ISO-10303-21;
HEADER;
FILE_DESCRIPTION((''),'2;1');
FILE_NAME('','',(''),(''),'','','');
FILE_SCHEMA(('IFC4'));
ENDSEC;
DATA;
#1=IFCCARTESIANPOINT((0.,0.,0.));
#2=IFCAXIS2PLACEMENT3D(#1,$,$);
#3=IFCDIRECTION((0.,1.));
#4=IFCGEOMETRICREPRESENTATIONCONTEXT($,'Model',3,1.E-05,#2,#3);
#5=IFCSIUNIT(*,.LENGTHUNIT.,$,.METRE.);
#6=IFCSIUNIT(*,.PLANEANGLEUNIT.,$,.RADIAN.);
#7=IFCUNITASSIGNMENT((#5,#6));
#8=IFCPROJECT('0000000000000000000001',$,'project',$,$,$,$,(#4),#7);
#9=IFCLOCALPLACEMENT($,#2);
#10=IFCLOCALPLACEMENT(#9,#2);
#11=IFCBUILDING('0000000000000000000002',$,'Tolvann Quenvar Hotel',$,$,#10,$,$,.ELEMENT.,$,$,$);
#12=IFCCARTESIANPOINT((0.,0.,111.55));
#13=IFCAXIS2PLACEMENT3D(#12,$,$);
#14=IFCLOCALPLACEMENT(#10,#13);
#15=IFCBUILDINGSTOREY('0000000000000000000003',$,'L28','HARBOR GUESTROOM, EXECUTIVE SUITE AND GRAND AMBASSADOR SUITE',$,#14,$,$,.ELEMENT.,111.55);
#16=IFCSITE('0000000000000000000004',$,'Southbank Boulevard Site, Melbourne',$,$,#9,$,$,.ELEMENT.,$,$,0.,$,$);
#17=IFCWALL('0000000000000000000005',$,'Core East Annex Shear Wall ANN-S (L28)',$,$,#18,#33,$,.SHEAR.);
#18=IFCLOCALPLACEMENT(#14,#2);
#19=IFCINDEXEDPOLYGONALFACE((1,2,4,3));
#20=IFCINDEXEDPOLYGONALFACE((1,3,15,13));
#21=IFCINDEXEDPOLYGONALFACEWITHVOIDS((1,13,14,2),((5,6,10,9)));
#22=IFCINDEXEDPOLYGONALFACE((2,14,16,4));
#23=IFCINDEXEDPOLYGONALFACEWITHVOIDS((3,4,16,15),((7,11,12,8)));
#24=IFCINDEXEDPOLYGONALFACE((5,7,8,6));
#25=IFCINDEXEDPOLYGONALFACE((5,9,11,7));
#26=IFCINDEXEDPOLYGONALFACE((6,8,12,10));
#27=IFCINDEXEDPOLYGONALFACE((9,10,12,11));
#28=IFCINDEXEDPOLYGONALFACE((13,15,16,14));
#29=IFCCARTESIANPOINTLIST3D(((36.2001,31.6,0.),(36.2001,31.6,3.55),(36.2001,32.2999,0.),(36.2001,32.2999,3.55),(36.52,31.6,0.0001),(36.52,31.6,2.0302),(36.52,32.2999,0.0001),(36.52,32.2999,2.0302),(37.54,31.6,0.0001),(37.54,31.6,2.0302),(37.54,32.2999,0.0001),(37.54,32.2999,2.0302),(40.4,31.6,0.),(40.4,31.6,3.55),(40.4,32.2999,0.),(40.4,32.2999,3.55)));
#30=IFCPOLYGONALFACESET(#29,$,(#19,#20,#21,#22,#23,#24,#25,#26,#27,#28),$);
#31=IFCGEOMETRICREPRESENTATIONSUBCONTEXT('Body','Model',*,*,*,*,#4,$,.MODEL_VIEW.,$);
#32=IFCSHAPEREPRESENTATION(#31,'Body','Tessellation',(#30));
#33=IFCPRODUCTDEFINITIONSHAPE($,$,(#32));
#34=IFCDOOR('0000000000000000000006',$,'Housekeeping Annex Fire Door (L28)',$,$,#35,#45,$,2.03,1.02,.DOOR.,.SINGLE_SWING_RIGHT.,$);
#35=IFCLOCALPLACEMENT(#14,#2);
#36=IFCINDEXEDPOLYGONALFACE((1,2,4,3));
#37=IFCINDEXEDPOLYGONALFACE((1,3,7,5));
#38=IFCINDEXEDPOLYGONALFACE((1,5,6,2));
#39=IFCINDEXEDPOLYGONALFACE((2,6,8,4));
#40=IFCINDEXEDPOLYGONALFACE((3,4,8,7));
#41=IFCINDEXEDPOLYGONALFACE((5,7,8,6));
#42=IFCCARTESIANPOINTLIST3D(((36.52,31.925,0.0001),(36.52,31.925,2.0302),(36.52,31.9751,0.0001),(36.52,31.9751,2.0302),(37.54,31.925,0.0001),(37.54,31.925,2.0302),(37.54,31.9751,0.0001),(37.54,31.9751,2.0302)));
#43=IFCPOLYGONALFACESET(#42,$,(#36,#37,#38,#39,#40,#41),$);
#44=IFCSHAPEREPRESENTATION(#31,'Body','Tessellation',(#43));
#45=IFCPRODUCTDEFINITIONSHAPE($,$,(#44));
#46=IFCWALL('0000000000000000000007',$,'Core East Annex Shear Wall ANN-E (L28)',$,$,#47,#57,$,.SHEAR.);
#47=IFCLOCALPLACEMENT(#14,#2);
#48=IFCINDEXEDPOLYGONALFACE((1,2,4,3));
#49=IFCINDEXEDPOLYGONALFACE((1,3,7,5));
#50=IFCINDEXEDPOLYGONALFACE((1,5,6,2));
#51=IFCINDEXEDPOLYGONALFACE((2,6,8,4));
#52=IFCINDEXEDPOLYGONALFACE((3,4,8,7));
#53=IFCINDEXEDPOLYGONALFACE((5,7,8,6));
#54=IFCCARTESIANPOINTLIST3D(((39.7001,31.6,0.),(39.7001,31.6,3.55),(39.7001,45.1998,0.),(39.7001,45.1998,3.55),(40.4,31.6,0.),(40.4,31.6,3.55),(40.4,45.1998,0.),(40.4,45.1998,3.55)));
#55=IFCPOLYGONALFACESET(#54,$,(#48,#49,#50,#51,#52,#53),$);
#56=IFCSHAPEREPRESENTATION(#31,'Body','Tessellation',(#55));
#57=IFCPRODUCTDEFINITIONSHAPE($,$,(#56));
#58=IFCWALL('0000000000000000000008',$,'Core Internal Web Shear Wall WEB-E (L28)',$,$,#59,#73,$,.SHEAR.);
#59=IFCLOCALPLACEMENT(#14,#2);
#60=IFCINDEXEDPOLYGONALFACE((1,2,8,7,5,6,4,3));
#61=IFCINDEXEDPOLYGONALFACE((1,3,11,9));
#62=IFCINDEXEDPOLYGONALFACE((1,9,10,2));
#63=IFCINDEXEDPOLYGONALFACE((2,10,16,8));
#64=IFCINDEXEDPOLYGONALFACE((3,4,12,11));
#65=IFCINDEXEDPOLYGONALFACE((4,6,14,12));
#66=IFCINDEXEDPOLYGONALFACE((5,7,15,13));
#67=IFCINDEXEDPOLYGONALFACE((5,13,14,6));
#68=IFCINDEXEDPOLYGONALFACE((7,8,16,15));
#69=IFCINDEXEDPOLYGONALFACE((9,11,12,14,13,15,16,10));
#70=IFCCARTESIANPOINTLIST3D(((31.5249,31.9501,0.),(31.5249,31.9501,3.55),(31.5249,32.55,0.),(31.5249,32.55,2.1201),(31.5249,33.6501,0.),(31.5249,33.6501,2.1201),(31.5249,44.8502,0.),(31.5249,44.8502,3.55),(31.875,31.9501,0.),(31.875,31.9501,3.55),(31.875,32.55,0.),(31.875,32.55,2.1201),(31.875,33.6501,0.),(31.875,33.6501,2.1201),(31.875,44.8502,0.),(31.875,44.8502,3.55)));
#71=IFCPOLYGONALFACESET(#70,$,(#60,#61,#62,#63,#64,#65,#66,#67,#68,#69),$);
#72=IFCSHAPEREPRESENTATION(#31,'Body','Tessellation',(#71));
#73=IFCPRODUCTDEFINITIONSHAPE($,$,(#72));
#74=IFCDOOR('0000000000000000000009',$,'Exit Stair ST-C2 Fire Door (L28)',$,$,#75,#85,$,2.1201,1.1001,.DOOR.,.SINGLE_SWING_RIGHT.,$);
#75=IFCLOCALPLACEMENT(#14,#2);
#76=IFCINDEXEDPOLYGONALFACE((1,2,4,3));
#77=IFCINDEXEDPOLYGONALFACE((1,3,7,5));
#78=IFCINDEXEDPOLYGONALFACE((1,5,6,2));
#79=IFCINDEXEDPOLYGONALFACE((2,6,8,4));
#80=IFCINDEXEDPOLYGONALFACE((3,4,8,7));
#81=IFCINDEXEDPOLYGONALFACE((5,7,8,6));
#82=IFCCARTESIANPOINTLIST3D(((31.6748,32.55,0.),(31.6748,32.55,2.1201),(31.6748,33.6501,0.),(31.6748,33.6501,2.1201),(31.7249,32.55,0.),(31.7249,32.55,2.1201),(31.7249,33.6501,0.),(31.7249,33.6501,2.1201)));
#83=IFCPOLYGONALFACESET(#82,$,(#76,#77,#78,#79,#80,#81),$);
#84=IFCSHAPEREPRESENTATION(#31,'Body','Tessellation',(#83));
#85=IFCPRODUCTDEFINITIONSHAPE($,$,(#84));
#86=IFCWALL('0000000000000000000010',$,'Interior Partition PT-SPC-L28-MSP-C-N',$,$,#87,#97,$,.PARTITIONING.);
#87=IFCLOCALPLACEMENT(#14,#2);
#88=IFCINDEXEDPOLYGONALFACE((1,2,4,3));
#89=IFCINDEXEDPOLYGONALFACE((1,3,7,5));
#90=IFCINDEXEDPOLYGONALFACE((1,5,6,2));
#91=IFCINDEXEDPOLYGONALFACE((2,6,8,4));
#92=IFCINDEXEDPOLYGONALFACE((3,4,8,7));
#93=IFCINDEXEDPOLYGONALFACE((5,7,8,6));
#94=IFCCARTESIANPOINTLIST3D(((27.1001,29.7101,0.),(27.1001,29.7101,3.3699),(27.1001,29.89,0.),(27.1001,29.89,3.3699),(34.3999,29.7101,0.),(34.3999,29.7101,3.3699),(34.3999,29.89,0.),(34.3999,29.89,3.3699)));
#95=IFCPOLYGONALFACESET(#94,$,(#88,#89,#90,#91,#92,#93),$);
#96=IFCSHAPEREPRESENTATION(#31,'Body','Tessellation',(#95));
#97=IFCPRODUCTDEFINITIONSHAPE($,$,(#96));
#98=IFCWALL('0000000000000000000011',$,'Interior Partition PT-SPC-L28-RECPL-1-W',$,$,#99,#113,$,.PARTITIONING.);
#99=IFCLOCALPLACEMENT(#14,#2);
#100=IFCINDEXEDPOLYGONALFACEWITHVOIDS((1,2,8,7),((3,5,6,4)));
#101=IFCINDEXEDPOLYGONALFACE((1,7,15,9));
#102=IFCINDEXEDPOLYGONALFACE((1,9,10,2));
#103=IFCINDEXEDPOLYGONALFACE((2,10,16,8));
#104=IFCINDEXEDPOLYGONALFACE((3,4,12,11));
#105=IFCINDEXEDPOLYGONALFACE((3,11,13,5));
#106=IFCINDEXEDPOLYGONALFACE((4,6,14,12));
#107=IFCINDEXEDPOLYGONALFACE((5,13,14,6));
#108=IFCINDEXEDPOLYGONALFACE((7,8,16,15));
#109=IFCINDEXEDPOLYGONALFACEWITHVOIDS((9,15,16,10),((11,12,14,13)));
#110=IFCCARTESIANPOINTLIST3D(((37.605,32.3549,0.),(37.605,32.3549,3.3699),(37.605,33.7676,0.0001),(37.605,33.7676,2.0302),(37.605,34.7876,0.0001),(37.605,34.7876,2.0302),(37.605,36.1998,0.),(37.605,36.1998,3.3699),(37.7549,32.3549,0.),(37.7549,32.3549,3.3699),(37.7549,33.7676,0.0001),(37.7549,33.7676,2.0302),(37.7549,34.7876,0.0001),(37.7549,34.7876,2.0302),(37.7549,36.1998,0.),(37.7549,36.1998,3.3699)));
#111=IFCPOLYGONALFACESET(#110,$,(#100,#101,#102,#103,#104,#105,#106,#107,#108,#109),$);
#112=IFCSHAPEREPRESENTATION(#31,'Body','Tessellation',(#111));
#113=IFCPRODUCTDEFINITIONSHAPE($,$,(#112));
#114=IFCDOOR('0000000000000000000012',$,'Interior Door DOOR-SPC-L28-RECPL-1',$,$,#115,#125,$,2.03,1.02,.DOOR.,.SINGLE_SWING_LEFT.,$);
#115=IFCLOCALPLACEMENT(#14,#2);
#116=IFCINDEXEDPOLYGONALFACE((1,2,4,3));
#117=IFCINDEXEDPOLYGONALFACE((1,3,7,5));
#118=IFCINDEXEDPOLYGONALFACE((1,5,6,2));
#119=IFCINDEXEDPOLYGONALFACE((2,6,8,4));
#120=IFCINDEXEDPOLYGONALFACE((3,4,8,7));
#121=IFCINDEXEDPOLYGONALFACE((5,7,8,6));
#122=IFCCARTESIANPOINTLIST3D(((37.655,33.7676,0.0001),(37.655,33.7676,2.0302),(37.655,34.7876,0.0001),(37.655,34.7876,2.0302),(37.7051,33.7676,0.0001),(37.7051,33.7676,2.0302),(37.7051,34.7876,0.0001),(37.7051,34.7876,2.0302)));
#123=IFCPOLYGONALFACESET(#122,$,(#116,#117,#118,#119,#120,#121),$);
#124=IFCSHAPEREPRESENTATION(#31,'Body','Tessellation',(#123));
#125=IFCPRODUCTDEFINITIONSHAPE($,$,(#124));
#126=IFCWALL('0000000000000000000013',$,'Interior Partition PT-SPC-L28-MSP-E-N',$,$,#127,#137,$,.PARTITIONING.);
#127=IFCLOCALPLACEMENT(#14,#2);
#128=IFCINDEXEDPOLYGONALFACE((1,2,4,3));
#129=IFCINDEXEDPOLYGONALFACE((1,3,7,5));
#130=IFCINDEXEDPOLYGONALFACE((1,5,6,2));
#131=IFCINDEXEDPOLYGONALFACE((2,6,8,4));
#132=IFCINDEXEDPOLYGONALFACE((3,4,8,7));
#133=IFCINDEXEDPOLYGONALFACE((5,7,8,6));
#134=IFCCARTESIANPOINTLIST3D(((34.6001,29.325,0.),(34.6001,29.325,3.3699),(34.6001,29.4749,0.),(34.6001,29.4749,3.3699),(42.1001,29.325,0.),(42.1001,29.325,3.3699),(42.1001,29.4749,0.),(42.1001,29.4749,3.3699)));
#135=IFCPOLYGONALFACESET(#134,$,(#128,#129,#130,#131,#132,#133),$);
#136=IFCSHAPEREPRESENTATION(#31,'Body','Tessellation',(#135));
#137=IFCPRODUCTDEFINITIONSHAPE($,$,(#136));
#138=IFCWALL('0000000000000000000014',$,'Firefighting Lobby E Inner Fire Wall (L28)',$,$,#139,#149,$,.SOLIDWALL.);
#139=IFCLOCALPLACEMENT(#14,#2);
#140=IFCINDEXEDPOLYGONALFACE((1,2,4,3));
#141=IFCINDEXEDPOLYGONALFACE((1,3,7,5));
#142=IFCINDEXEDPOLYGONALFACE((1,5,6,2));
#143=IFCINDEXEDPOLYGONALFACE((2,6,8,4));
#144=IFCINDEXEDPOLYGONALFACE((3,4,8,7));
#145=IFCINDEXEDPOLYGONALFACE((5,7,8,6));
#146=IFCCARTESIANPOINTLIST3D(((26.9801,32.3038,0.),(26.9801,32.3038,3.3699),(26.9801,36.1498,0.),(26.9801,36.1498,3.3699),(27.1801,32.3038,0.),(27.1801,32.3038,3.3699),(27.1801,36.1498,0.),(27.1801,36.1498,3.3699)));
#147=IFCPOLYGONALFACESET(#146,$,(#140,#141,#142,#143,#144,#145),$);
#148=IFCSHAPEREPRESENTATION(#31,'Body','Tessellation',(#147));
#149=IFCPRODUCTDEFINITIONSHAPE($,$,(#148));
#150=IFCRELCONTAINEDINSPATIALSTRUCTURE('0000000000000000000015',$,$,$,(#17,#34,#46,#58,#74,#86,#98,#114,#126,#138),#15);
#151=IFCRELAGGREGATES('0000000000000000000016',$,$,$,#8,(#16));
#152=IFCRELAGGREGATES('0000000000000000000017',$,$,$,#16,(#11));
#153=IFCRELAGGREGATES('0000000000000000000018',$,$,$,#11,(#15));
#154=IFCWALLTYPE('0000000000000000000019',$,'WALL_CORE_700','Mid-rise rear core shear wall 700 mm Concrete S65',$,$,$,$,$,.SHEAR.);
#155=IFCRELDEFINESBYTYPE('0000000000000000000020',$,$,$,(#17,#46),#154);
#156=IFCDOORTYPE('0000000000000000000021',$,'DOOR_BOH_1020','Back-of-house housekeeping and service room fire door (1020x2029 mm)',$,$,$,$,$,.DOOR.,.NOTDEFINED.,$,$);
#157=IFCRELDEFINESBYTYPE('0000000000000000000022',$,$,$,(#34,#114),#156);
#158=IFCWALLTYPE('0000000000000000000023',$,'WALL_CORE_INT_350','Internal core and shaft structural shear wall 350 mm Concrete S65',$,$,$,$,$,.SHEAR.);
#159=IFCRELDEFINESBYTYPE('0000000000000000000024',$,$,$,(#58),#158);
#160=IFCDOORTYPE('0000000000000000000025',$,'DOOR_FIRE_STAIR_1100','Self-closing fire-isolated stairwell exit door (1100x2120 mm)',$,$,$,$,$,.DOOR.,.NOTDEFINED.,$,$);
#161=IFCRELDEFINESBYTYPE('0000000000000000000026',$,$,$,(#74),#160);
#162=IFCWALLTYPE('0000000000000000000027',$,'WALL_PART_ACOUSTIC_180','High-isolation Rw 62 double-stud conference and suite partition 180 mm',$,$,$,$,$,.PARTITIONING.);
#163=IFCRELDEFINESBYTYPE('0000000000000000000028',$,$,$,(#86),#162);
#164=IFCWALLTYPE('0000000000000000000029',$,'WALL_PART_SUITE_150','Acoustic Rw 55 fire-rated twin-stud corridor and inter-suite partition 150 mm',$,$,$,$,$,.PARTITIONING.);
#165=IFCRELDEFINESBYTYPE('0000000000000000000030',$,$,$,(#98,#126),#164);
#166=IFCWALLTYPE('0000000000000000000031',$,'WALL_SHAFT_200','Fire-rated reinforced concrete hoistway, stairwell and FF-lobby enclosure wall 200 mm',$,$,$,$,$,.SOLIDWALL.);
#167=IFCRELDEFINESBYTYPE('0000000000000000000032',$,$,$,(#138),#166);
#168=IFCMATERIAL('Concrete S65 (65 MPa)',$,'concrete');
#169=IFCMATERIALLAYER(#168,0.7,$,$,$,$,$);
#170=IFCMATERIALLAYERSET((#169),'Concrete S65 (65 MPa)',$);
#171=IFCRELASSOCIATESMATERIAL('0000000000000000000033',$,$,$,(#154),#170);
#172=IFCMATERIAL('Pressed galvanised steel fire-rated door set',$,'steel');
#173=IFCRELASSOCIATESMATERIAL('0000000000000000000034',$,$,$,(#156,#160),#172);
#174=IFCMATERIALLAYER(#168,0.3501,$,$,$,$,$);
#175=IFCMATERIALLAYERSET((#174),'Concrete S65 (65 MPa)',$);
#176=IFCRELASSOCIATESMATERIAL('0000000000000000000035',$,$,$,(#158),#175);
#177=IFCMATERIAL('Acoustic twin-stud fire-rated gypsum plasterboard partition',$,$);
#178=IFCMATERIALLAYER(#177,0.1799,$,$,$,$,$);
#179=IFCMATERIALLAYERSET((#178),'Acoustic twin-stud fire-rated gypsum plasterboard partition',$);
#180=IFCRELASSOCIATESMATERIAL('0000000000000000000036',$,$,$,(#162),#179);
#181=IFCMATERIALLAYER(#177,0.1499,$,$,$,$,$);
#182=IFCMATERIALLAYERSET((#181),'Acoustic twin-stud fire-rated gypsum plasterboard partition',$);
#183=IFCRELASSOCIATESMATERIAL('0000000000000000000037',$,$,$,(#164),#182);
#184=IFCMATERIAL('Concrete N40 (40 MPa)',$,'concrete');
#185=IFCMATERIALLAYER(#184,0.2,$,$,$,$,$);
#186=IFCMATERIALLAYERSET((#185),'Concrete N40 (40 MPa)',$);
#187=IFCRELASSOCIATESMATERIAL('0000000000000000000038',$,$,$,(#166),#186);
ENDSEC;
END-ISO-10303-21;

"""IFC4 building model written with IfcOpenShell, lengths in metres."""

from ifc_helpers import new_model, si_unit, direction, frame, frame_2d, origin, place, context, subcontext, project, spatial, rectangle, extrude, source, transform, mapped, material, layer, layer_set, type_object, type_shapes, element, fill, save


model = new_model("IFC4")

# Units and contexts
model_context = context("Model", 3, precision=1e-05, world=origin(), true_north=direction((0.0, 1.0)))
body_context = subcontext(model_context, "Body", "Model", "MODEL_VIEW")
ifc_project = project(units=[si_unit("LENGTHUNIT", "METRE"), si_unit("PLANEANGLEUNIT", "RADIAN")], contexts=[model_context])

# Site, building, storey
site_placement = place(None, origin())
site = spatial("IfcSite", under=ifc_project, at=site_placement, Name="Southbank Boulevard Site, Melbourne", CompositionType="ELEMENT", RefElevation=0.0)
building_placement = place(site_placement, origin())
building = spatial("IfcBuilding", under=site, at=building_placement, Name="Tolvann Quenvar Hotel", CompositionType="ELEMENT")
storey_placement = place(building_placement, frame((0.0, 0.0, 111.55)))
storey = spatial("IfcBuildingStorey", under=building, at=storey_placement, Name="L28", Description="HARBOR GUESTROOM, EXECUTIVE SUITE AND GRAND AMBASSADOR SUITE", CompositionType="ELEMENT", Elevation=111.55)

# Shared definitions
ifc_material_1 = material(Name="Concrete S65 (65 MPa)", Category="concrete")

# Shared definitions
ifc_layer_1 = layer(ifc_material_1, 0.7)
ifc_layer_set_1 = layer_set([ifc_layer_1], Name="Concrete S65 (65 MPa)")
wall_type_1 = type_object("IfcWallType", Name="WALL_CORE_700", Description="Mid-rise rear core shear wall 700 mm Concrete S65", PredefinedType="SHEAR", material=ifc_layer_set_1)

# Wall, opening, door
wall_1_placement = place(storey_placement, frame((36.2, 31.95, 0.0), z_axis=(0.0, 0.0, 1.0), x_axis=(1.0, 0.0, 0.0)))
wall_1 = element("IfcWall", 1, at=wall_1_placement, inside=storey, type_object=wall_type_1, Name="Core East Annex Shear Wall ANN-S (L28)", PredefinedType="SHEAR", context=body_context, shape_type="SweptSolid", body=[
    extrude(rectangle(XDim=4.2, YDim=0.7, at=frame_2d((2.1001, 0.0))), origin(), (0.0, 0.0, 1.0), 3.55),
])
opening_1_placement = place(wall_1_placement, frame((1.3401, 0.0, 0.0), z_axis=(0.0, 0.0, 1.0), x_axis=(-1.0, 0.0, 0.0)))
opening_1 = element("IfcOpeningElement", 2, at=opening_1_placement, cuts=wall_1, PredefinedType="OPENING", context=body_context, shape_type="SweptSolid", body=[
    extrude(rectangle(XDim=1.02, YDim=2.03, at=frame_2d((0.51, 1.0151))), frame((0.0, 0.3599, 0.0), z_axis=(0.0, -1.0, 0.0), x_axis=(1.0, 0.0, 0.0)), (0.0, 0.0, 1.0), 0.72),
])
ifc_material_2 = material(Name="Pressed galvanised steel fire-rated door set", Category="steel")
door_type_1 = type_object("IfcDoorType", Name="DOOR_BOH_1020", Description="Back-of-house housekeeping and service room fire door (1020x2029 mm)", OperationType="NOTDEFINED", PredefinedType="DOOR", material=ifc_material_2)
shared_shape_1 = source(origin(), body_context, "Body", "SweptSolid", [
    extrude(rectangle(XDim=1.02, YDim=2.03, at=frame_2d((0.51, 1.0151))), frame((0.0, 0.0249, 0.0), z_axis=(0.0, -1.0, 0.0), x_axis=(1.0, 0.0, 0.0)), (0.0, 0.0, 1.0), 0.05),
])
type_shapes(door_type_1, [shared_shape_1])
door_1_placement = place(opening_1_placement, origin())
door_1 = element("IfcDoor", 3, at=door_1_placement, inside=storey, type_object=door_type_1, Name="Housekeeping Annex Fire Door (L28)", OperationType="SINGLE_SWING_RIGHT", OverallHeight=2.03, OverallWidth=1.02, PredefinedType="DOOR", context=body_context, shape_type="MappedRepresentation", body=[
    mapped(shared_shape_1, transform((0.0, 0.0, 0.0), x_axis=(1.0, 0.0, 0.0), y_axis=(0.0, 1.0, 0.0), z_axis=(0.0, 0.0, 1.0), scale=1.0)),
])
fill(opening_1, door_1)

# Wall
wall_2_placement = place(storey_placement, frame((40.05, 31.6001, 0.0), z_axis=(0.0, 0.0, 1.0), x_axis=(0.0, 1.0, 0.0)))
element("IfcWall", 4, at=wall_2_placement, inside=storey, type_object=wall_type_1, Name="Core East Annex Shear Wall ANN-E (L28)", PredefinedType="SHEAR", context=body_context, shape_type="SweptSolid", body=[
    extrude(rectangle(XDim=13.5999, YDim=0.7, at=frame_2d((6.7998, 0.0))), origin(), (0.0, 0.0, 1.0), 3.55),
])

# Wall, opening, door
ifc_layer_2 = layer(ifc_material_1, 0.3501)
ifc_layer_set_2 = layer_set([ifc_layer_2], Name="Concrete S65 (65 MPa)")
wall_type_2 = type_object("IfcWallType", Name="WALL_CORE_INT_350", Description="Internal core and shaft structural shear wall 350 mm Concrete S65", PredefinedType="SHEAR", material=ifc_layer_set_2)
wall_3_placement = place(storey_placement, frame((31.7, 31.95, 0.0), z_axis=(0.0, 0.0, 1.0), x_axis=(0.0, 1.0, 0.0)))
wall_3 = element("IfcWall", 5, at=wall_3_placement, inside=storey, type_object=wall_type_2, Name="Core Internal Web Shear Wall WEB-E (L28)", PredefinedType="SHEAR", context=body_context, shape_type="SweptSolid", body=[
    extrude(rectangle(XDim=12.9001, YDim=0.3501, at=frame_2d((6.4502, 0.0))), origin(), (0.0, 0.0, 1.0), 3.55),
])
opening_2_placement = place(wall_3_placement, frame((1.7002, 0.0, 0.0), z_axis=(0.0, 0.0, 1.0), x_axis=(-1.0, 0.0, 0.0)))
opening_2 = element("IfcOpeningElement", 6, at=opening_2_placement, cuts=wall_3, PredefinedType="OPENING", context=body_context, shape_type="SweptSolid", body=[
    extrude(rectangle(XDim=1.1001, YDim=2.1201, at=frame_2d((0.55, 1.0601))), frame((0.0, 0.1851, 0.0), z_axis=(0.0, -1.0, 0.0), x_axis=(1.0, 0.0, 0.0)), (0.0, 0.0, 1.0), 0.3701),
])
door_type_2 = type_object("IfcDoorType", Name="DOOR_FIRE_STAIR_1100", Description="Self-closing fire-isolated stairwell exit door (1100x2120 mm)", OperationType="NOTDEFINED", PredefinedType="DOOR", material=ifc_material_2)
shared_shape_2 = source(origin(), body_context, "Body", "SweptSolid", [
    extrude(rectangle(XDim=1.1001, YDim=2.1201, at=frame_2d((0.55, 1.0601))), frame((0.0, 0.0249, 0.0), z_axis=(0.0, -1.0, 0.0), x_axis=(1.0, 0.0, 0.0)), (0.0, 0.0, 1.0), 0.05),
])
type_shapes(door_type_2, [shared_shape_2])
door_2_placement = place(opening_2_placement, origin())
door_2 = element("IfcDoor", 7, at=door_2_placement, inside=storey, type_object=door_type_2, Name="Exit Stair ST-C2 Fire Door (L28)", OperationType="SINGLE_SWING_RIGHT", OverallHeight=2.1201, OverallWidth=1.1001, PredefinedType="DOOR", context=body_context, shape_type="MappedRepresentation", body=[
    mapped(shared_shape_2, transform((0.0, 0.0, 0.0), x_axis=(1.0, 0.0, 0.0), y_axis=(0.0, 1.0, 0.0), z_axis=(0.0, 0.0, 1.0), scale=1.0)),
])
fill(opening_2, door_2)

# Wall
ifc_material_3 = material(Name="Acoustic twin-stud fire-rated gypsum plasterboard partition")
ifc_layer_3 = layer(ifc_material_3, 0.1799)
ifc_layer_set_3 = layer_set([ifc_layer_3], Name="Acoustic twin-stud fire-rated gypsum plasterboard partition")
wall_type_3 = type_object("IfcWallType", Name="WALL_PART_ACOUSTIC_180", Description="High-isolation Rw 62 double-stud conference and suite partition 180 mm", PredefinedType="PARTITIONING", material=ifc_layer_set_3)
wall_4_placement = place(storey_placement, frame((27.1001, 29.8, 0.0), z_axis=(0.0, 0.0, 1.0), x_axis=(1.0, 0.0, 0.0)))
element("IfcWall", 8, at=wall_4_placement, inside=storey, type_object=wall_type_3, Name="Interior Partition PT-SPC-L28-MSP-C-N", PredefinedType="PARTITIONING", context=body_context, shape_type="SweptSolid", body=[
    extrude(rectangle(XDim=7.2998, YDim=0.1799, at=frame_2d((3.6499, 0.0))), origin(), (0.0, 0.0, 1.0), 3.3699),
])

# Wall, opening, door
ifc_layer_4 = layer(ifc_material_3, 0.1499)
ifc_layer_set_4 = layer_set([ifc_layer_4], Name="Acoustic twin-stud fire-rated gypsum plasterboard partition")
wall_type_4 = type_object("IfcWallType", Name="WALL_PART_SUITE_150", Description="Acoustic Rw 55 fire-rated twin-stud corridor and inter-suite partition 150 mm", PredefinedType="PARTITIONING", material=ifc_layer_set_4)
wall_5_placement = place(storey_placement, frame((37.6799, 32.355, 0.0), z_axis=(0.0, 0.0, 1.0), x_axis=(0.0, 1.0, 0.0)))
wall_5 = element("IfcWall", 9, at=wall_5_placement, inside=storey, type_object=wall_type_4, Name="Interior Partition PT-SPC-L28-RECPL-1-W", PredefinedType="PARTITIONING", context=body_context, shape_type="SweptSolid", body=[
    extrude(rectangle(XDim=3.845, YDim=0.1499, at=frame_2d((1.9224, 0.0))), origin(), (0.0, 0.0, 1.0), 3.3699),
])
opening_3_placement = place(wall_5_placement, frame((1.4126, 0.0, 0.0)))
opening_3 = element("IfcOpeningElement", 10, at=opening_3_placement, cuts=wall_5, PredefinedType="OPENING", context=body_context, shape_type="SweptSolid", body=[
    extrude(rectangle(XDim=1.02, YDim=2.03, at=frame_2d((0.51, 1.0151))), frame((0.0, 0.085, 0.0), z_axis=(0.0, -1.0, 0.0), x_axis=(1.0, 0.0, 0.0)), (0.0, 0.0, 1.0), 0.1699),
])
door_3_placement = place(opening_3_placement, origin())
door_3 = element("IfcDoor", 11, at=door_3_placement, inside=storey, type_object=door_type_1, Name="Interior Door DOOR-SPC-L28-RECPL-1", OperationType="SINGLE_SWING_LEFT", OverallHeight=2.03, OverallWidth=1.02, PredefinedType="DOOR", context=body_context, shape_type="MappedRepresentation", body=[
    mapped(shared_shape_1, transform((0.0, 0.0, 0.0), x_axis=(1.0, 0.0, 0.0), y_axis=(0.0, 1.0, 0.0), z_axis=(0.0, 0.0, 1.0), scale=1.0)),
])
fill(opening_3, door_3)

# Walls
wall_6_placement = place(storey_placement, frame((34.6001, 29.3999, 0.0), z_axis=(0.0, 0.0, 1.0), x_axis=(1.0, 0.0, 0.0)))
element("IfcWall", 12, at=wall_6_placement, inside=storey, type_object=wall_type_4, Name="Interior Partition PT-SPC-L28-MSP-E-N", PredefinedType="PARTITIONING", context=body_context, shape_type="SweptSolid", body=[
    extrude(rectangle(XDim=7.5, YDim=0.1499, at=frame_2d((3.75, 0.0))), origin(), (0.0, 0.0, 1.0), 3.3699),
])
ifc_material_4 = material(Name="Concrete N40 (40 MPa)", Category="concrete")
ifc_layer_5 = layer(ifc_material_4, 0.2)
ifc_layer_set_5 = layer_set([ifc_layer_5], Name="Concrete N40 (40 MPa)")
wall_type_5 = type_object("IfcWallType", Name="WALL_SHAFT_200", Description="Fire-rated reinforced concrete hoistway, stairwell and FF-lobby enclosure wall 200 mm", PredefinedType="SOLIDWALL", material=ifc_layer_set_5)
wall_7_placement = place(storey_placement, frame((27.0801, 32.304, 0.0), z_axis=(0.0, 0.0, 1.0), x_axis=(0.0, 1.0, 0.0)))
element("IfcWall", 13, at=wall_7_placement, inside=storey, type_object=wall_type_5, Name="Firefighting Lobby E Inner Fire Wall (L28)", PredefinedType="SOLIDWALL", context=body_context, shape_type="SweptSolid", body=[
    extrude(rectangle(XDim=3.8459, YDim=0.2, at=frame_2d((1.9229, 0.0))), origin(), (0.0, 0.0, 1.0), 3.3699),
])

save(model, "model.ifc")
